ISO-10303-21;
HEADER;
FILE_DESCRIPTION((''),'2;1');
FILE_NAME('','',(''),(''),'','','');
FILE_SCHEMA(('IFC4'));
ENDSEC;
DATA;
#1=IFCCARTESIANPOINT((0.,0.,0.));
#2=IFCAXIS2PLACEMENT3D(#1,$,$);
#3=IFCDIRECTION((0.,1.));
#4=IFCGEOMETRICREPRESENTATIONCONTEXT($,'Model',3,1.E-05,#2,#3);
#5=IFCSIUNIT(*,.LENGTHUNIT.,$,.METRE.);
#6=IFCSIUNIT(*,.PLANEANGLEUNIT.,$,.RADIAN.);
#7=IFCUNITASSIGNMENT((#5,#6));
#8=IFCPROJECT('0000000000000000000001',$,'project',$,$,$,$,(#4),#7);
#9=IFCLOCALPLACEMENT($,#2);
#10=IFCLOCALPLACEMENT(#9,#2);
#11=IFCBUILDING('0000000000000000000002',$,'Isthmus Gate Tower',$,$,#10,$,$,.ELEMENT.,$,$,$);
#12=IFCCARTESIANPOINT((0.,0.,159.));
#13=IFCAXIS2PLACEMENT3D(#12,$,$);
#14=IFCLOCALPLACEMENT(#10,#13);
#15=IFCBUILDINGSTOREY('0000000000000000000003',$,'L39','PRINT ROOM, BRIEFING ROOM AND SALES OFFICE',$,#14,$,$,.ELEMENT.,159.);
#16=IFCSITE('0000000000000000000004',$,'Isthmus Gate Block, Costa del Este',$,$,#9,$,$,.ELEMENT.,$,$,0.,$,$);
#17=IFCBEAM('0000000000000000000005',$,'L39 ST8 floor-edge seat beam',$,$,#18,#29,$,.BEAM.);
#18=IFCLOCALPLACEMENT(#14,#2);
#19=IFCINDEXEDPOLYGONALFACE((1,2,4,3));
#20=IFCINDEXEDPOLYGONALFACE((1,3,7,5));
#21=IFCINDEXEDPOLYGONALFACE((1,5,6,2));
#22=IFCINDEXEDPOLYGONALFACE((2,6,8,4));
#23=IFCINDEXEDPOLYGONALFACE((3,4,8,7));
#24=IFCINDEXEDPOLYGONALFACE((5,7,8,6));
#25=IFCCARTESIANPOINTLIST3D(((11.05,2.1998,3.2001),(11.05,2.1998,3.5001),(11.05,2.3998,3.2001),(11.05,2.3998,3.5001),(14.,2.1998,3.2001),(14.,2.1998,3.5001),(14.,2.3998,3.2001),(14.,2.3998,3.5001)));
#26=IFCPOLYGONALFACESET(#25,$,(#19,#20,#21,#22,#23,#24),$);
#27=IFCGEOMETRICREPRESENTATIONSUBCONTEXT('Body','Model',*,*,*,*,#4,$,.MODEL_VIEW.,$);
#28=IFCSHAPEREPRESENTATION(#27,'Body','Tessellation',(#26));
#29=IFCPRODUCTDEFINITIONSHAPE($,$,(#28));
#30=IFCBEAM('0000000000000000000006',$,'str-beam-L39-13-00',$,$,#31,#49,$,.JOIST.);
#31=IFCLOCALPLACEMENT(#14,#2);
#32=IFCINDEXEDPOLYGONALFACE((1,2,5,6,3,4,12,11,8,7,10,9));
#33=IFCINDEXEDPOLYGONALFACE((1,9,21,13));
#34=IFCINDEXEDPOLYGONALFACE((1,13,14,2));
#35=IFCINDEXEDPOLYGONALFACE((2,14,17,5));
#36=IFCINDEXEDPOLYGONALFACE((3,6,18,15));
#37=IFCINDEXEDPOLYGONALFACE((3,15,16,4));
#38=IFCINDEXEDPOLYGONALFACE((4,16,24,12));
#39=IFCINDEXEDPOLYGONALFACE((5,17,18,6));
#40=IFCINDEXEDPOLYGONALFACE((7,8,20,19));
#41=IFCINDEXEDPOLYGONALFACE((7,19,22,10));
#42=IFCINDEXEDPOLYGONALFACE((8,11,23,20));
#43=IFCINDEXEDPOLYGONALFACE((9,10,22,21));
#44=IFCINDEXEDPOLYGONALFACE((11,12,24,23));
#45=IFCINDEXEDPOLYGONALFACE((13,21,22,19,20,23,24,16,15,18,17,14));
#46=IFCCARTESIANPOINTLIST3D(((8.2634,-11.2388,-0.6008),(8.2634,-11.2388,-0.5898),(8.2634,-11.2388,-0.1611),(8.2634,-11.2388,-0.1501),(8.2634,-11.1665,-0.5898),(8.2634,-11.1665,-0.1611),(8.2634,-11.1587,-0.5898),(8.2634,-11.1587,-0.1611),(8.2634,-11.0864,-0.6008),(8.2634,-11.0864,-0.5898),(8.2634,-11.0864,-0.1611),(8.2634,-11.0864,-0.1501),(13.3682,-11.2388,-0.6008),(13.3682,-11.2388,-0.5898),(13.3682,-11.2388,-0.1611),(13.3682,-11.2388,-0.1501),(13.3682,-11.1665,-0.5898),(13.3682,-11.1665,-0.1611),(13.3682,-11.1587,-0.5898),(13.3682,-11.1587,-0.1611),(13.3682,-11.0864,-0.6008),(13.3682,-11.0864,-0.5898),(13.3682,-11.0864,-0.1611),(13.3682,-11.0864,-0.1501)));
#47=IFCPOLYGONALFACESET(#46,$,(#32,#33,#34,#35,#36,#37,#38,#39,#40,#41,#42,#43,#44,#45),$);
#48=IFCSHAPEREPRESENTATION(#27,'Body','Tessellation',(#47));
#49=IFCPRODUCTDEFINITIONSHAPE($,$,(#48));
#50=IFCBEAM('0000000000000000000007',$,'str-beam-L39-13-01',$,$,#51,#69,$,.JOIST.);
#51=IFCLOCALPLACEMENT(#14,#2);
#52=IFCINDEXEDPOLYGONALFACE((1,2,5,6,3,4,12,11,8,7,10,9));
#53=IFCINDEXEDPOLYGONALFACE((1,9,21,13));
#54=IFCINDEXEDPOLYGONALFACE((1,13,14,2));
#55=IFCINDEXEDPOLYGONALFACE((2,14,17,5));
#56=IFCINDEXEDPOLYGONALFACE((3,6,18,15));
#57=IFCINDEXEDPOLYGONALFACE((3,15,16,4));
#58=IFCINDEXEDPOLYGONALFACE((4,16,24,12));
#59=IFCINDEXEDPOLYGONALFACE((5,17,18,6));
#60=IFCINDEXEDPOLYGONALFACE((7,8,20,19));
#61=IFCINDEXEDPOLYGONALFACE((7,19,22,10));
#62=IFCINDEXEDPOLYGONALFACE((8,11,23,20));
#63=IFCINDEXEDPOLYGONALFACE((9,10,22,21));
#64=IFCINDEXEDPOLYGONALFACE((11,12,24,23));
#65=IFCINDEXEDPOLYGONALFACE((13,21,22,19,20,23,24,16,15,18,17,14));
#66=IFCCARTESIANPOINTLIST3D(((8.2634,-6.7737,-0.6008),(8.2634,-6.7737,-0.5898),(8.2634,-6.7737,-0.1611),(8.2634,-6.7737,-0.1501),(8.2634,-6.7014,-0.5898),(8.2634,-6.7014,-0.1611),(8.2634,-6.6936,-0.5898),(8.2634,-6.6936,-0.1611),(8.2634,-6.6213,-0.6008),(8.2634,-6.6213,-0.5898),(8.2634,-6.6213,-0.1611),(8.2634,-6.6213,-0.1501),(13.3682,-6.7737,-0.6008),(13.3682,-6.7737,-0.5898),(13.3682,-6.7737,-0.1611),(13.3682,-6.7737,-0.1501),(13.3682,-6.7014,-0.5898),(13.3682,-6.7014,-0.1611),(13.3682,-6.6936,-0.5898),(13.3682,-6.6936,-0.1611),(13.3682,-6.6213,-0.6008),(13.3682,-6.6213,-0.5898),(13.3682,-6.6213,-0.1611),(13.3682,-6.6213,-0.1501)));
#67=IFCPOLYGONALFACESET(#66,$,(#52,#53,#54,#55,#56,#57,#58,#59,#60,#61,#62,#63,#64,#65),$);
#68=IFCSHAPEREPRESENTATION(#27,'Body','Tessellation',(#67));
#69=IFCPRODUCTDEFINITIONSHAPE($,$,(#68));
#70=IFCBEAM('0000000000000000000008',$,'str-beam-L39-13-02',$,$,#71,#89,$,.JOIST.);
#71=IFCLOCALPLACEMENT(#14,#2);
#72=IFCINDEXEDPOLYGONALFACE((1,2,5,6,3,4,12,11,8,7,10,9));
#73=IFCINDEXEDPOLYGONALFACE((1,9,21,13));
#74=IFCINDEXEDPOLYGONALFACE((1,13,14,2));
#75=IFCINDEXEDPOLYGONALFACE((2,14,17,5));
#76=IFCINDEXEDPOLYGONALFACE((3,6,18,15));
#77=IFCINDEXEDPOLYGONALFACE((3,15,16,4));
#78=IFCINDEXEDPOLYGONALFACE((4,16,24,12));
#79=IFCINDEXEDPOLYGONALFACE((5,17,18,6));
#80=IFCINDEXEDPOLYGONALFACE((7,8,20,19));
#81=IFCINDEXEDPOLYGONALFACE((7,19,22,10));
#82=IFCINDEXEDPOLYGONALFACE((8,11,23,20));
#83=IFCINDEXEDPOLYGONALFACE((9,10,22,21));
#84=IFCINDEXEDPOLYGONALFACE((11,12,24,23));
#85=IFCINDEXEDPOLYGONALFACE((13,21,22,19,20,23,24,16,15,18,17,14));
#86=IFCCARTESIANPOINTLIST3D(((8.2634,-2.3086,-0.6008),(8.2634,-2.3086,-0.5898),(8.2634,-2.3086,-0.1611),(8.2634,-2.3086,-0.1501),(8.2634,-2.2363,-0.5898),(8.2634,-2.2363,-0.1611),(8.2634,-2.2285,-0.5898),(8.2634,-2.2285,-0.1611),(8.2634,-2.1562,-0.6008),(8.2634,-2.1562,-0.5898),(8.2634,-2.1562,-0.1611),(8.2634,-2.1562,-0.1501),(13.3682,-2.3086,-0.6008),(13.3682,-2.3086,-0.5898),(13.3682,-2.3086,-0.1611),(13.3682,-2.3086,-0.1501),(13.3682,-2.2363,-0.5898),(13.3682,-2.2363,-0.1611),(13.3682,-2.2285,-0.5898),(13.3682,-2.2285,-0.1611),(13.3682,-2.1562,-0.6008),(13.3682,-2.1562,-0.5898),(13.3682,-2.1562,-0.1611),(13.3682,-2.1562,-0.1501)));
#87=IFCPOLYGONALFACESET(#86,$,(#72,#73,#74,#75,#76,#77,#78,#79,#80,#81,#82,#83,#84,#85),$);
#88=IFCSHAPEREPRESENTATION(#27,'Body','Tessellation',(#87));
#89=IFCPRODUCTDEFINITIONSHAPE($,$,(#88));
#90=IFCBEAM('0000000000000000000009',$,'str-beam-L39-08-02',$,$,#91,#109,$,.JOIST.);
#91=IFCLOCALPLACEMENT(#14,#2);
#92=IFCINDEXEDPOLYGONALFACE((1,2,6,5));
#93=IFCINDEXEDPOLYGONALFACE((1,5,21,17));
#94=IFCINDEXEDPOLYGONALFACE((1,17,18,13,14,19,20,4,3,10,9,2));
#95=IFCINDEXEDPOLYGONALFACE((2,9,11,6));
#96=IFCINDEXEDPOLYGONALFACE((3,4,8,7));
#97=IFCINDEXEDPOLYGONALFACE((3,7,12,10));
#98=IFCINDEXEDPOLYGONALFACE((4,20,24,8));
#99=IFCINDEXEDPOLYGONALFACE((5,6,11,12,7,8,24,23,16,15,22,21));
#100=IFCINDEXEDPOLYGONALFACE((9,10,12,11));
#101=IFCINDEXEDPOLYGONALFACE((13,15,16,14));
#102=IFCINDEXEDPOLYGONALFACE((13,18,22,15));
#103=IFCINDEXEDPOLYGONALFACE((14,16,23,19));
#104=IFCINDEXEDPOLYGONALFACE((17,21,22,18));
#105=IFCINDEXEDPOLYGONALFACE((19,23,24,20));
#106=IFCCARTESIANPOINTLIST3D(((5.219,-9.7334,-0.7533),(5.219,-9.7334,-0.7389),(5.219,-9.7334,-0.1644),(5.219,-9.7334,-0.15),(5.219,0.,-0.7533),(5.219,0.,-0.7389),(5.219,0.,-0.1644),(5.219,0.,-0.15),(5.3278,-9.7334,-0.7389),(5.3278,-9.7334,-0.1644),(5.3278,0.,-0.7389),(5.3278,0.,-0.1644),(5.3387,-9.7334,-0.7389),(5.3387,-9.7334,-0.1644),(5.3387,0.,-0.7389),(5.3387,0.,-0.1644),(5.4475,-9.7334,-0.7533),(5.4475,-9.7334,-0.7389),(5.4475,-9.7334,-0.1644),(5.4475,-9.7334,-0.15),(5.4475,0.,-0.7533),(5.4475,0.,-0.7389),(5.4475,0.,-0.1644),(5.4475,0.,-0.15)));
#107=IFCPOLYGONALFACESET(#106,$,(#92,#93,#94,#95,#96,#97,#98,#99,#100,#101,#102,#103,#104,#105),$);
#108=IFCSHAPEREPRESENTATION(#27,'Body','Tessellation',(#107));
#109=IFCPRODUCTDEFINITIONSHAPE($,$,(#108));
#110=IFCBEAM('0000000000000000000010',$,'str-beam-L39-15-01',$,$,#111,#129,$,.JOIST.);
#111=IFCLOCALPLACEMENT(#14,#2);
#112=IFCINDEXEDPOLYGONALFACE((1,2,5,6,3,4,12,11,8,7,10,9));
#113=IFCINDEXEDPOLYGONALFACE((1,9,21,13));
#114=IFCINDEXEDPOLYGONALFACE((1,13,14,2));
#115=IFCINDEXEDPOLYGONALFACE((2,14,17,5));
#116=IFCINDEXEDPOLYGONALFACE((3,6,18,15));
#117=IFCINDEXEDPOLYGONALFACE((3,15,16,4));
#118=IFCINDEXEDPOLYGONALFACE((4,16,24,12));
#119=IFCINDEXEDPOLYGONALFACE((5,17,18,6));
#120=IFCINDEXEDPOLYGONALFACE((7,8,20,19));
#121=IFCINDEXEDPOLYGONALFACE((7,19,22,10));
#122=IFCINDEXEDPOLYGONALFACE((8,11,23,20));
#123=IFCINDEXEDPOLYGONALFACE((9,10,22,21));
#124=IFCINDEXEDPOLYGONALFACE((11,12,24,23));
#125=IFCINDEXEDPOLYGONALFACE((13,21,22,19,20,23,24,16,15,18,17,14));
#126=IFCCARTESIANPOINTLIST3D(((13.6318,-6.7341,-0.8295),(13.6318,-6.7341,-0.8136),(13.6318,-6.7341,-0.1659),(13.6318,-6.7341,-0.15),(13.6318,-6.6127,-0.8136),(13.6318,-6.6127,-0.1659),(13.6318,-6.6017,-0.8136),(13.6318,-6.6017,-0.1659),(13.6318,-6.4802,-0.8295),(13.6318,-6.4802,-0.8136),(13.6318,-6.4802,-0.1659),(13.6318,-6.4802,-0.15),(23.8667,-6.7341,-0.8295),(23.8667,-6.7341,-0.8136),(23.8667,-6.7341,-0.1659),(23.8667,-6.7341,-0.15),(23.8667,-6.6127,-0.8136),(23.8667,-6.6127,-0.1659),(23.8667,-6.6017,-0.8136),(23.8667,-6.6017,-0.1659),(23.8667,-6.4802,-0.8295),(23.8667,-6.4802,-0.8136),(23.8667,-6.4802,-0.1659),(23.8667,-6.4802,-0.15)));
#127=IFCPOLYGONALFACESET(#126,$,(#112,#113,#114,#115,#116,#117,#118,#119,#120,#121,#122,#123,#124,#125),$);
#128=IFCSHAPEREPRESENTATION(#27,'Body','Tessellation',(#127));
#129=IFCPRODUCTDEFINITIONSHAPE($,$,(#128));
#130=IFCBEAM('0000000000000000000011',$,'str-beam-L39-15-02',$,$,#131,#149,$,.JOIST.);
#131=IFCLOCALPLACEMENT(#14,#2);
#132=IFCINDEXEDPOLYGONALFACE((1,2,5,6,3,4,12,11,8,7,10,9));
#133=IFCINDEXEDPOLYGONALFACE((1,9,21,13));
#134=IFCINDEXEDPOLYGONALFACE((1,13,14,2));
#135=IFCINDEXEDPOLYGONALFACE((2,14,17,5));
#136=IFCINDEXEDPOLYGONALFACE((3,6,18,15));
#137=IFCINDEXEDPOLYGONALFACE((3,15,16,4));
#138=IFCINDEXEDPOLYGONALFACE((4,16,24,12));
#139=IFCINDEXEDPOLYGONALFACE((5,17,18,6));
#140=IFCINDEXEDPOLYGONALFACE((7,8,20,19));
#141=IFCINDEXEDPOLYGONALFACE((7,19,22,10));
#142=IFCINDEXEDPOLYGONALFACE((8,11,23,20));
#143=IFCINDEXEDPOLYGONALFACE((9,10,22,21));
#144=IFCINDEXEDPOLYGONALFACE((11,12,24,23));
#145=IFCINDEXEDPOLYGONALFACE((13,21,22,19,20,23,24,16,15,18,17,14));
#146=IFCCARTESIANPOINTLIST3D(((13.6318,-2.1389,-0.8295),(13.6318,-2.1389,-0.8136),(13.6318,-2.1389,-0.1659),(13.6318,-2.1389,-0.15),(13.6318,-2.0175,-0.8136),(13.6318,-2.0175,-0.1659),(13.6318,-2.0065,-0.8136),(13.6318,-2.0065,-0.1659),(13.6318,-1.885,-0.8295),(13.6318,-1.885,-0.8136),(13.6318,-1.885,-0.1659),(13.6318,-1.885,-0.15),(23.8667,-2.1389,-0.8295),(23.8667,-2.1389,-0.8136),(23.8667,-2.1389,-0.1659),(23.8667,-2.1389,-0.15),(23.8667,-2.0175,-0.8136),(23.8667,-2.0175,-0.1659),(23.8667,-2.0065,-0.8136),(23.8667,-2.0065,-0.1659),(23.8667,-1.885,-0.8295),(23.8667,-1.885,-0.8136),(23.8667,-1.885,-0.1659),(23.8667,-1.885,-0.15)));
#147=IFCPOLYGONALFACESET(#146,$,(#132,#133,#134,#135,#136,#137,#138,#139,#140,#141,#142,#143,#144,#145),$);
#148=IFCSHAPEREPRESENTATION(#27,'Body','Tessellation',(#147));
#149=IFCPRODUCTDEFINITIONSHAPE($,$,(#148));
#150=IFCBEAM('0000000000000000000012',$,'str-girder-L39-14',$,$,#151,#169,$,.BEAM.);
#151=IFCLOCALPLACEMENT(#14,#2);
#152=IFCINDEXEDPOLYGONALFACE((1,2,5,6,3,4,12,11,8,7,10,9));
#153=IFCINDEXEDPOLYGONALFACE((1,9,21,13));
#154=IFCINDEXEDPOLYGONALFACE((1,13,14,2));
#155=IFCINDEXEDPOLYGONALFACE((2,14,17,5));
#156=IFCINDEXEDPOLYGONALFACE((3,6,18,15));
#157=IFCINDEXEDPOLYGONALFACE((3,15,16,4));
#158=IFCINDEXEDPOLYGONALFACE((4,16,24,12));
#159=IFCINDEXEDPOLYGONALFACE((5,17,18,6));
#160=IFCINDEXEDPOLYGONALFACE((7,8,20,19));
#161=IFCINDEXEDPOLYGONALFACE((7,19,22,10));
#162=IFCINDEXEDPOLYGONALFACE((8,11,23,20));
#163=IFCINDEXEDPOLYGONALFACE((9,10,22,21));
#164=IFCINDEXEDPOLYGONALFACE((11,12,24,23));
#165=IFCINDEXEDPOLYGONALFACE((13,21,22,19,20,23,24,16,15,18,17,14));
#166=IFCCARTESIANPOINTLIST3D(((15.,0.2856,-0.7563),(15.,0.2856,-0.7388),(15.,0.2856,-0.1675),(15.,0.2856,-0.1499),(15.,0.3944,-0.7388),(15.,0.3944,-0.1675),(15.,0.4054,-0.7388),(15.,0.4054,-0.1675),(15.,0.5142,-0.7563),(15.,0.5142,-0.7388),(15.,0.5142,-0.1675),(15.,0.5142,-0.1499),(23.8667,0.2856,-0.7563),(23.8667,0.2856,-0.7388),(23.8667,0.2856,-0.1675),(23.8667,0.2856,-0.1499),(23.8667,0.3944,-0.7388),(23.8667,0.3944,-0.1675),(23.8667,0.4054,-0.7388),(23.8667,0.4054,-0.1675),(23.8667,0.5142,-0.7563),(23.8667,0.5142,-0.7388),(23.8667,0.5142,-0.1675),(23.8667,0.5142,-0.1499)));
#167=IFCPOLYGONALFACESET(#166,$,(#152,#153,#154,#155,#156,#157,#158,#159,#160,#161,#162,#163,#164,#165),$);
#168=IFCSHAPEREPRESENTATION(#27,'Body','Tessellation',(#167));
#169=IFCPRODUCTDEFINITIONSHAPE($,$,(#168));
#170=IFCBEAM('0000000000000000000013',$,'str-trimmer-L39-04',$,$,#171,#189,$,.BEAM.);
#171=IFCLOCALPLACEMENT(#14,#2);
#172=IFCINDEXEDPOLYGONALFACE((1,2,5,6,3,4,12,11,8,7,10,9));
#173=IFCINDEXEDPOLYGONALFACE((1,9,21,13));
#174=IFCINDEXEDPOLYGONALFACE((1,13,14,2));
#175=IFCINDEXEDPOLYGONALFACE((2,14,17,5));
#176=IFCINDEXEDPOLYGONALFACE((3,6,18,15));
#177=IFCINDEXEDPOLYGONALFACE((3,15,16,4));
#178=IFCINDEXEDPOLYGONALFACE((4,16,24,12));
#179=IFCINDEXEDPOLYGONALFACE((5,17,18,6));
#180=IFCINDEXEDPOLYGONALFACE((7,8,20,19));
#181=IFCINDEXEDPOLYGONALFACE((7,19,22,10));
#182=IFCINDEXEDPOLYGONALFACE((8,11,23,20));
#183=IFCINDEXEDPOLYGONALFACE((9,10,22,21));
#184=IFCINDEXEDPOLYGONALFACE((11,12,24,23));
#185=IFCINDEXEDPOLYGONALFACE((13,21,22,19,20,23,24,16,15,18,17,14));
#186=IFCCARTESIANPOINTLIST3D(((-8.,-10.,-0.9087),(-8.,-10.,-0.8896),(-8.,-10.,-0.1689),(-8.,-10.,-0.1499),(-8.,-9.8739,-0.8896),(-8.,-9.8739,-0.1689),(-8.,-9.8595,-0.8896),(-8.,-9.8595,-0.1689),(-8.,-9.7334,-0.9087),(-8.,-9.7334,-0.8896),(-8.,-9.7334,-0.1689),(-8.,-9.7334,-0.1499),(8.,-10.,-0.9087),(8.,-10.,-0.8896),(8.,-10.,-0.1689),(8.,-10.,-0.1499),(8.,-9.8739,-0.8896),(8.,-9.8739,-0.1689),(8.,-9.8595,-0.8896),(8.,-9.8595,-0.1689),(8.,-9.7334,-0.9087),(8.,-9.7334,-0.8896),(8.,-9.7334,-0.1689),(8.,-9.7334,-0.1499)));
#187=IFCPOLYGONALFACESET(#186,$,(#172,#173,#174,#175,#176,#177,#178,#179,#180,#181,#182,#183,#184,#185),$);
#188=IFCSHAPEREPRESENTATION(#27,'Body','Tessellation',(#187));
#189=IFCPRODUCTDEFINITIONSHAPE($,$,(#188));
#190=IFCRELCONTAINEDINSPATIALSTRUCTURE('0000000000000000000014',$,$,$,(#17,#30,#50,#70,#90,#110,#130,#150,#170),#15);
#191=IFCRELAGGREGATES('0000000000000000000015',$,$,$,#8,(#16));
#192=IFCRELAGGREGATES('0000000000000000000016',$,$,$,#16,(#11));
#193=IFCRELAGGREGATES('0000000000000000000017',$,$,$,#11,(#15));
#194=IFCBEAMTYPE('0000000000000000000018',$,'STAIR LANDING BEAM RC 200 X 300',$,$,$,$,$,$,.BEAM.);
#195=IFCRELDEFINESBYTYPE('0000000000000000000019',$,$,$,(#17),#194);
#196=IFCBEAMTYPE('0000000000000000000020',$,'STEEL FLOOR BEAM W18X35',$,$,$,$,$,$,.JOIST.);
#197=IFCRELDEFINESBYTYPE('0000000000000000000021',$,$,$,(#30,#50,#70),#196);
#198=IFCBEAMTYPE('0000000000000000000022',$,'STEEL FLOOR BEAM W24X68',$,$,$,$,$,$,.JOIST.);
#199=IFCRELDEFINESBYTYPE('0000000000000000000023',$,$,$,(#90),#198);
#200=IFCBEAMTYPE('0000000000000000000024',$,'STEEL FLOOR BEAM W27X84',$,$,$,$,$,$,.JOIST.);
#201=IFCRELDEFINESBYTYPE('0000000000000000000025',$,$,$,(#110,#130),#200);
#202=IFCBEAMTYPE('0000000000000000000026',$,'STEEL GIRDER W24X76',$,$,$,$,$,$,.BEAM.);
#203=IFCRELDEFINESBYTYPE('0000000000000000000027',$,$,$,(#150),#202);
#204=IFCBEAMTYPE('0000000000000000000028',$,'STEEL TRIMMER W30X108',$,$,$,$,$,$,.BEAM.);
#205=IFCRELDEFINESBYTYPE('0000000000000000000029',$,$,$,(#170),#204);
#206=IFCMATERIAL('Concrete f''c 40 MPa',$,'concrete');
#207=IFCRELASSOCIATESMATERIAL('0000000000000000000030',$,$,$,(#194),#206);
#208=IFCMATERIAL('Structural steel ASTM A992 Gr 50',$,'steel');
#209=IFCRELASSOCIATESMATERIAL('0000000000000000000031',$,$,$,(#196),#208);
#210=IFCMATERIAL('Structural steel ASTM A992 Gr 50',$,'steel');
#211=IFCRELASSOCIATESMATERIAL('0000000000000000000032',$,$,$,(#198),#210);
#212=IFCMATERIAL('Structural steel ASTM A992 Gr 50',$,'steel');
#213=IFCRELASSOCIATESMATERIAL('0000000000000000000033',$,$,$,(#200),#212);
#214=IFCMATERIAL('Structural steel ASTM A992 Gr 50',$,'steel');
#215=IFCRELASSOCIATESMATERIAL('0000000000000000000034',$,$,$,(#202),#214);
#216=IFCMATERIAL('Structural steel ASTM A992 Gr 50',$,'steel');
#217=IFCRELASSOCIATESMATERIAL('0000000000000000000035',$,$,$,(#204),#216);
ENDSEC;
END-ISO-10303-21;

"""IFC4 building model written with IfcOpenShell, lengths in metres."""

from ifc_helpers import new_model, si_unit, direction, frame, origin, origin_2d, place, context, subcontext, project, spatial, rectangle, i_section, extrude, material, material_profile, profile_set, type_object, element, save


model = new_model("IFC4")

# Units and contexts
model_context = context("Model", 3, precision=1e-05, world=origin(), true_north=direction((0.0, 1.0)))
body_context = subcontext(model_context, "Body", "Model", "MODEL_VIEW")
ifc_project = project(units=[si_unit("LENGTHUNIT", "METRE"), si_unit("PLANEANGLEUNIT", "RADIAN")], contexts=[model_context])

# Site, building, storey
site_placement = place(None, origin())
site = spatial("IfcSite", under=ifc_project, at=site_placement, Name="Isthmus Gate Block, Costa del Este", CompositionType="ELEMENT", RefElevation=0.0)
building_placement = place(site_placement, origin())
building = spatial("IfcBuilding", under=site, at=building_placement, Name="Isthmus Gate Tower", CompositionType="ELEMENT")
storey_placement = place(building_placement, frame((0.0, 0.0, 159.0)))
storey = spatial("IfcBuildingStorey", under=building, at=storey_placement, Name="L39", Description="PRINT ROOM, BRIEFING ROOM AND SALES OFFICE", CompositionType="ELEMENT", Elevation=159.0)

# Beams
ifc_material_1 = material(Name="Concrete f'c 40 MPa", Category="concrete")
ifc_material_profile_1 = material_profile(ifc_material_1, rectangle(XDim=0.2, YDim=0.3, at=origin_2d()), Name="STAIR LANDING BEAM RC 200 X 300")
ifc_profile_set_1 = profile_set([ifc_material_profile_1], Name="Concrete f'c 40 MPa")
beam_type_1 = type_object("IfcBeamType", Name="STAIR LANDING BEAM RC 200 X 300", PredefinedType="BEAM", material=ifc_profile_set_1)
beam_1_placement = place(storey_placement, frame((11.05, 2.2998, 3.3501), z_axis=(1.0, 0.0, 0.0), x_axis=(0.0, 1.0, 0.0)))
element("IfcBeam", 1, at=beam_1_placement, inside=storey, type_object=beam_type_1, Name="L39 ST8 floor-edge seat beam", PredefinedType="BEAM", context=body_context, shape_type="SweptSolid", body=[
    extrude(rectangle(XDim=0.2, YDim=0.3, at=origin_2d()), origin(), (0.0, 0.0, 1.0), 2.95),
])
ifc_material_2 = material(Name="Structural steel ASTM A992 Gr 50", Category="steel")
ifc_material_profile_2 = material_profile(ifc_material_2, i_section(OverallWidth=0.1523, OverallDepth=0.4507, WebThickness=0.0078, FlangeThickness=0.011, at=origin_2d()), Name="W18X35")
ifc_profile_set_2 = profile_set([ifc_material_profile_2], Name="Structural steel ASTM A992 Gr 50")
beam_type_2 = type_object("IfcBeamType", Name="STEEL FLOOR BEAM W18X35", PredefinedType="JOIST", material=ifc_profile_set_2)
for number, where, z_axis, x_axis, name in (
    (2, (8.2634, -11.1626, -0.3755), (1.0, 0.0, 0.0), (0.0, 1.0, 0.0), "str-beam-L39-13-00"),
    (3, (8.2634, -6.6975, -0.3755), (1.0, 0.0, 0.0), (0.0, 1.0, 0.0), "str-beam-L39-13-01"),
    (4, (8.2634, -2.2324, -0.3755), (1.0, 0.0, 0.0), (0.0, 1.0, 0.0), "str-beam-L39-13-02"),
):
    element("IfcBeam", number, at=place(storey_placement, frame(where, z_axis=z_axis, x_axis=x_axis)), inside=storey, type_object=beam_type_2, Name=name, PredefinedType="JOIST", context=body_context, shape_type="SweptSolid", body=[
        extrude(i_section(OverallWidth=0.1523, OverallDepth=0.4507, WebThickness=0.0078, FlangeThickness=0.011, at=origin_2d()), origin(), (0.0, 0.0, 1.0), 5.1047),
    ])
ifc_material_3 = material(Name="Structural steel ASTM A992 Gr 50", Category="steel")
ifc_material_profile_3 = material_profile(ifc_material_3, i_section(OverallWidth=0.2285, OverallDepth=0.6033, WebThickness=0.011, FlangeThickness=0.0144, at=origin_2d()), Name="W24X68")
ifc_profile_set_3 = profile_set([ifc_material_profile_3], Name="Structural steel ASTM A992 Gr 50")
beam_type_3 = type_object("IfcBeamType", Name="STEEL FLOOR BEAM W24X68", PredefinedType="JOIST", material=ifc_profile_set_3)
beam_2_placement = place(storey_placement, frame((5.3333, -9.7334, -0.4517), z_axis=(0.0, 1.0, 0.0), x_axis=(-1.0, 0.0, 0.0)))
element("IfcBeam", 5, at=beam_2_placement, inside=storey, type_object=beam_type_3, Name="str-beam-L39-08-02", PredefinedType="JOIST", context=body_context, shape_type="SweptSolid", body=[
    extrude(i_section(OverallWidth=0.2285, OverallDepth=0.6033, WebThickness=0.011, FlangeThickness=0.0144, at=origin_2d()), origin(), (0.0, 0.0, 1.0), 9.7334),
])
ifc_material_4 = material(Name="Structural steel ASTM A992 Gr 50", Category="steel")
ifc_material_profile_4 = material_profile(ifc_material_4, i_section(OverallWidth=0.2539, OverallDepth=0.6794, WebThickness=0.011, FlangeThickness=0.0159, at=origin_2d()), Name="W27X84")
ifc_profile_set_4 = profile_set([ifc_material_profile_4], Name="Structural steel ASTM A992 Gr 50")
beam_type_4 = type_object("IfcBeamType", Name="STEEL FLOOR BEAM W27X84", PredefinedType="JOIST", material=ifc_profile_set_4)
for number, where, z_axis, x_axis, name in (
    (6, (13.6318, -6.6072, -0.4897), (1.0, 0.0, 0.0), (0.0, 1.0, 0.0), "str-beam-L39-15-01"),
    (7, (13.6318, -2.012, -0.4897), (1.0, 0.0, 0.0), (0.0, 1.0, 0.0), "str-beam-L39-15-02"),
):
    element("IfcBeam", number, at=place(storey_placement, frame(where, z_axis=z_axis, x_axis=x_axis)), inside=storey, type_object=beam_type_4, Name=name, PredefinedType="JOIST", context=body_context, shape_type="SweptSolid", body=[
        extrude(i_section(OverallWidth=0.2539, OverallDepth=0.6794, WebThickness=0.011, FlangeThickness=0.0159, at=origin_2d()), origin(), (0.0, 0.0, 1.0), 10.2349),
    ])
ifc_material_5 = material(Name="Structural steel ASTM A992 Gr 50", Category="steel")
ifc_material_profile_5 = material_profile(ifc_material_5, i_section(OverallWidth=0.2285, OverallDepth=0.6064, WebThickness=0.011, FlangeThickness=0.0176, at=origin_2d()), Name="W24X76")
ifc_profile_set_5 = profile_set([ifc_material_profile_5], Name="Structural steel ASTM A992 Gr 50")
beam_type_5 = type_object("IfcBeamType", Name="STEEL GIRDER W24X76", PredefinedType="BEAM", material=ifc_profile_set_5)
beam_3_placement = place(storey_placement, frame((15.0, 0.3999, -0.4531), z_axis=(1.0, 0.0, 0.0), x_axis=(0.0, 1.0, 0.0)))
element("IfcBeam", 8, at=beam_3_placement, inside=storey, type_object=beam_type_5, Name="str-girder-L39-14", PredefinedType="BEAM", context=body_context, shape_type="SweptSolid", body=[
    extrude(i_section(OverallWidth=0.2285, OverallDepth=0.6064, WebThickness=0.011, FlangeThickness=0.0176, at=origin_2d()), origin(), (0.0, 0.0, 1.0), 8.8667),
])
ifc_material_6 = material(Name="Structural steel ASTM A992 Gr 50", Category="steel")
ifc_material_profile_6 = material_profile(ifc_material_6, i_section(OverallWidth=0.2666, OverallDepth=0.7588, WebThickness=0.0144, FlangeThickness=0.019, at=origin_2d()), Name="W30X108")
ifc_profile_set_6 = profile_set([ifc_material_profile_6], Name="Structural steel ASTM A992 Gr 50")
beam_type_6 = type_object("IfcBeamType", Name="STEEL TRIMMER W30X108", PredefinedType="BEAM", material=ifc_profile_set_6)
beam_4_placement = place(storey_placement, frame((8.0, -9.8667, -0.5293), z_axis=(-1.0, 0.0, 0.0), x_axis=(0.0, -1.0, 0.0)))
element("IfcBeam", 9, at=beam_4_placement, inside=storey, type_object=beam_type_6, Name="str-trimmer-L39-04", PredefinedType="BEAM", context=body_context, shape_type="SweptSolid", body=[
    extrude(i_section(OverallWidth=0.2666, OverallDepth=0.7588, WebThickness=0.0144, FlangeThickness=0.019, at=origin_2d()), origin(), (0.0, 0.0, 1.0), 16.0),
])

save(model, "model.ifc")
